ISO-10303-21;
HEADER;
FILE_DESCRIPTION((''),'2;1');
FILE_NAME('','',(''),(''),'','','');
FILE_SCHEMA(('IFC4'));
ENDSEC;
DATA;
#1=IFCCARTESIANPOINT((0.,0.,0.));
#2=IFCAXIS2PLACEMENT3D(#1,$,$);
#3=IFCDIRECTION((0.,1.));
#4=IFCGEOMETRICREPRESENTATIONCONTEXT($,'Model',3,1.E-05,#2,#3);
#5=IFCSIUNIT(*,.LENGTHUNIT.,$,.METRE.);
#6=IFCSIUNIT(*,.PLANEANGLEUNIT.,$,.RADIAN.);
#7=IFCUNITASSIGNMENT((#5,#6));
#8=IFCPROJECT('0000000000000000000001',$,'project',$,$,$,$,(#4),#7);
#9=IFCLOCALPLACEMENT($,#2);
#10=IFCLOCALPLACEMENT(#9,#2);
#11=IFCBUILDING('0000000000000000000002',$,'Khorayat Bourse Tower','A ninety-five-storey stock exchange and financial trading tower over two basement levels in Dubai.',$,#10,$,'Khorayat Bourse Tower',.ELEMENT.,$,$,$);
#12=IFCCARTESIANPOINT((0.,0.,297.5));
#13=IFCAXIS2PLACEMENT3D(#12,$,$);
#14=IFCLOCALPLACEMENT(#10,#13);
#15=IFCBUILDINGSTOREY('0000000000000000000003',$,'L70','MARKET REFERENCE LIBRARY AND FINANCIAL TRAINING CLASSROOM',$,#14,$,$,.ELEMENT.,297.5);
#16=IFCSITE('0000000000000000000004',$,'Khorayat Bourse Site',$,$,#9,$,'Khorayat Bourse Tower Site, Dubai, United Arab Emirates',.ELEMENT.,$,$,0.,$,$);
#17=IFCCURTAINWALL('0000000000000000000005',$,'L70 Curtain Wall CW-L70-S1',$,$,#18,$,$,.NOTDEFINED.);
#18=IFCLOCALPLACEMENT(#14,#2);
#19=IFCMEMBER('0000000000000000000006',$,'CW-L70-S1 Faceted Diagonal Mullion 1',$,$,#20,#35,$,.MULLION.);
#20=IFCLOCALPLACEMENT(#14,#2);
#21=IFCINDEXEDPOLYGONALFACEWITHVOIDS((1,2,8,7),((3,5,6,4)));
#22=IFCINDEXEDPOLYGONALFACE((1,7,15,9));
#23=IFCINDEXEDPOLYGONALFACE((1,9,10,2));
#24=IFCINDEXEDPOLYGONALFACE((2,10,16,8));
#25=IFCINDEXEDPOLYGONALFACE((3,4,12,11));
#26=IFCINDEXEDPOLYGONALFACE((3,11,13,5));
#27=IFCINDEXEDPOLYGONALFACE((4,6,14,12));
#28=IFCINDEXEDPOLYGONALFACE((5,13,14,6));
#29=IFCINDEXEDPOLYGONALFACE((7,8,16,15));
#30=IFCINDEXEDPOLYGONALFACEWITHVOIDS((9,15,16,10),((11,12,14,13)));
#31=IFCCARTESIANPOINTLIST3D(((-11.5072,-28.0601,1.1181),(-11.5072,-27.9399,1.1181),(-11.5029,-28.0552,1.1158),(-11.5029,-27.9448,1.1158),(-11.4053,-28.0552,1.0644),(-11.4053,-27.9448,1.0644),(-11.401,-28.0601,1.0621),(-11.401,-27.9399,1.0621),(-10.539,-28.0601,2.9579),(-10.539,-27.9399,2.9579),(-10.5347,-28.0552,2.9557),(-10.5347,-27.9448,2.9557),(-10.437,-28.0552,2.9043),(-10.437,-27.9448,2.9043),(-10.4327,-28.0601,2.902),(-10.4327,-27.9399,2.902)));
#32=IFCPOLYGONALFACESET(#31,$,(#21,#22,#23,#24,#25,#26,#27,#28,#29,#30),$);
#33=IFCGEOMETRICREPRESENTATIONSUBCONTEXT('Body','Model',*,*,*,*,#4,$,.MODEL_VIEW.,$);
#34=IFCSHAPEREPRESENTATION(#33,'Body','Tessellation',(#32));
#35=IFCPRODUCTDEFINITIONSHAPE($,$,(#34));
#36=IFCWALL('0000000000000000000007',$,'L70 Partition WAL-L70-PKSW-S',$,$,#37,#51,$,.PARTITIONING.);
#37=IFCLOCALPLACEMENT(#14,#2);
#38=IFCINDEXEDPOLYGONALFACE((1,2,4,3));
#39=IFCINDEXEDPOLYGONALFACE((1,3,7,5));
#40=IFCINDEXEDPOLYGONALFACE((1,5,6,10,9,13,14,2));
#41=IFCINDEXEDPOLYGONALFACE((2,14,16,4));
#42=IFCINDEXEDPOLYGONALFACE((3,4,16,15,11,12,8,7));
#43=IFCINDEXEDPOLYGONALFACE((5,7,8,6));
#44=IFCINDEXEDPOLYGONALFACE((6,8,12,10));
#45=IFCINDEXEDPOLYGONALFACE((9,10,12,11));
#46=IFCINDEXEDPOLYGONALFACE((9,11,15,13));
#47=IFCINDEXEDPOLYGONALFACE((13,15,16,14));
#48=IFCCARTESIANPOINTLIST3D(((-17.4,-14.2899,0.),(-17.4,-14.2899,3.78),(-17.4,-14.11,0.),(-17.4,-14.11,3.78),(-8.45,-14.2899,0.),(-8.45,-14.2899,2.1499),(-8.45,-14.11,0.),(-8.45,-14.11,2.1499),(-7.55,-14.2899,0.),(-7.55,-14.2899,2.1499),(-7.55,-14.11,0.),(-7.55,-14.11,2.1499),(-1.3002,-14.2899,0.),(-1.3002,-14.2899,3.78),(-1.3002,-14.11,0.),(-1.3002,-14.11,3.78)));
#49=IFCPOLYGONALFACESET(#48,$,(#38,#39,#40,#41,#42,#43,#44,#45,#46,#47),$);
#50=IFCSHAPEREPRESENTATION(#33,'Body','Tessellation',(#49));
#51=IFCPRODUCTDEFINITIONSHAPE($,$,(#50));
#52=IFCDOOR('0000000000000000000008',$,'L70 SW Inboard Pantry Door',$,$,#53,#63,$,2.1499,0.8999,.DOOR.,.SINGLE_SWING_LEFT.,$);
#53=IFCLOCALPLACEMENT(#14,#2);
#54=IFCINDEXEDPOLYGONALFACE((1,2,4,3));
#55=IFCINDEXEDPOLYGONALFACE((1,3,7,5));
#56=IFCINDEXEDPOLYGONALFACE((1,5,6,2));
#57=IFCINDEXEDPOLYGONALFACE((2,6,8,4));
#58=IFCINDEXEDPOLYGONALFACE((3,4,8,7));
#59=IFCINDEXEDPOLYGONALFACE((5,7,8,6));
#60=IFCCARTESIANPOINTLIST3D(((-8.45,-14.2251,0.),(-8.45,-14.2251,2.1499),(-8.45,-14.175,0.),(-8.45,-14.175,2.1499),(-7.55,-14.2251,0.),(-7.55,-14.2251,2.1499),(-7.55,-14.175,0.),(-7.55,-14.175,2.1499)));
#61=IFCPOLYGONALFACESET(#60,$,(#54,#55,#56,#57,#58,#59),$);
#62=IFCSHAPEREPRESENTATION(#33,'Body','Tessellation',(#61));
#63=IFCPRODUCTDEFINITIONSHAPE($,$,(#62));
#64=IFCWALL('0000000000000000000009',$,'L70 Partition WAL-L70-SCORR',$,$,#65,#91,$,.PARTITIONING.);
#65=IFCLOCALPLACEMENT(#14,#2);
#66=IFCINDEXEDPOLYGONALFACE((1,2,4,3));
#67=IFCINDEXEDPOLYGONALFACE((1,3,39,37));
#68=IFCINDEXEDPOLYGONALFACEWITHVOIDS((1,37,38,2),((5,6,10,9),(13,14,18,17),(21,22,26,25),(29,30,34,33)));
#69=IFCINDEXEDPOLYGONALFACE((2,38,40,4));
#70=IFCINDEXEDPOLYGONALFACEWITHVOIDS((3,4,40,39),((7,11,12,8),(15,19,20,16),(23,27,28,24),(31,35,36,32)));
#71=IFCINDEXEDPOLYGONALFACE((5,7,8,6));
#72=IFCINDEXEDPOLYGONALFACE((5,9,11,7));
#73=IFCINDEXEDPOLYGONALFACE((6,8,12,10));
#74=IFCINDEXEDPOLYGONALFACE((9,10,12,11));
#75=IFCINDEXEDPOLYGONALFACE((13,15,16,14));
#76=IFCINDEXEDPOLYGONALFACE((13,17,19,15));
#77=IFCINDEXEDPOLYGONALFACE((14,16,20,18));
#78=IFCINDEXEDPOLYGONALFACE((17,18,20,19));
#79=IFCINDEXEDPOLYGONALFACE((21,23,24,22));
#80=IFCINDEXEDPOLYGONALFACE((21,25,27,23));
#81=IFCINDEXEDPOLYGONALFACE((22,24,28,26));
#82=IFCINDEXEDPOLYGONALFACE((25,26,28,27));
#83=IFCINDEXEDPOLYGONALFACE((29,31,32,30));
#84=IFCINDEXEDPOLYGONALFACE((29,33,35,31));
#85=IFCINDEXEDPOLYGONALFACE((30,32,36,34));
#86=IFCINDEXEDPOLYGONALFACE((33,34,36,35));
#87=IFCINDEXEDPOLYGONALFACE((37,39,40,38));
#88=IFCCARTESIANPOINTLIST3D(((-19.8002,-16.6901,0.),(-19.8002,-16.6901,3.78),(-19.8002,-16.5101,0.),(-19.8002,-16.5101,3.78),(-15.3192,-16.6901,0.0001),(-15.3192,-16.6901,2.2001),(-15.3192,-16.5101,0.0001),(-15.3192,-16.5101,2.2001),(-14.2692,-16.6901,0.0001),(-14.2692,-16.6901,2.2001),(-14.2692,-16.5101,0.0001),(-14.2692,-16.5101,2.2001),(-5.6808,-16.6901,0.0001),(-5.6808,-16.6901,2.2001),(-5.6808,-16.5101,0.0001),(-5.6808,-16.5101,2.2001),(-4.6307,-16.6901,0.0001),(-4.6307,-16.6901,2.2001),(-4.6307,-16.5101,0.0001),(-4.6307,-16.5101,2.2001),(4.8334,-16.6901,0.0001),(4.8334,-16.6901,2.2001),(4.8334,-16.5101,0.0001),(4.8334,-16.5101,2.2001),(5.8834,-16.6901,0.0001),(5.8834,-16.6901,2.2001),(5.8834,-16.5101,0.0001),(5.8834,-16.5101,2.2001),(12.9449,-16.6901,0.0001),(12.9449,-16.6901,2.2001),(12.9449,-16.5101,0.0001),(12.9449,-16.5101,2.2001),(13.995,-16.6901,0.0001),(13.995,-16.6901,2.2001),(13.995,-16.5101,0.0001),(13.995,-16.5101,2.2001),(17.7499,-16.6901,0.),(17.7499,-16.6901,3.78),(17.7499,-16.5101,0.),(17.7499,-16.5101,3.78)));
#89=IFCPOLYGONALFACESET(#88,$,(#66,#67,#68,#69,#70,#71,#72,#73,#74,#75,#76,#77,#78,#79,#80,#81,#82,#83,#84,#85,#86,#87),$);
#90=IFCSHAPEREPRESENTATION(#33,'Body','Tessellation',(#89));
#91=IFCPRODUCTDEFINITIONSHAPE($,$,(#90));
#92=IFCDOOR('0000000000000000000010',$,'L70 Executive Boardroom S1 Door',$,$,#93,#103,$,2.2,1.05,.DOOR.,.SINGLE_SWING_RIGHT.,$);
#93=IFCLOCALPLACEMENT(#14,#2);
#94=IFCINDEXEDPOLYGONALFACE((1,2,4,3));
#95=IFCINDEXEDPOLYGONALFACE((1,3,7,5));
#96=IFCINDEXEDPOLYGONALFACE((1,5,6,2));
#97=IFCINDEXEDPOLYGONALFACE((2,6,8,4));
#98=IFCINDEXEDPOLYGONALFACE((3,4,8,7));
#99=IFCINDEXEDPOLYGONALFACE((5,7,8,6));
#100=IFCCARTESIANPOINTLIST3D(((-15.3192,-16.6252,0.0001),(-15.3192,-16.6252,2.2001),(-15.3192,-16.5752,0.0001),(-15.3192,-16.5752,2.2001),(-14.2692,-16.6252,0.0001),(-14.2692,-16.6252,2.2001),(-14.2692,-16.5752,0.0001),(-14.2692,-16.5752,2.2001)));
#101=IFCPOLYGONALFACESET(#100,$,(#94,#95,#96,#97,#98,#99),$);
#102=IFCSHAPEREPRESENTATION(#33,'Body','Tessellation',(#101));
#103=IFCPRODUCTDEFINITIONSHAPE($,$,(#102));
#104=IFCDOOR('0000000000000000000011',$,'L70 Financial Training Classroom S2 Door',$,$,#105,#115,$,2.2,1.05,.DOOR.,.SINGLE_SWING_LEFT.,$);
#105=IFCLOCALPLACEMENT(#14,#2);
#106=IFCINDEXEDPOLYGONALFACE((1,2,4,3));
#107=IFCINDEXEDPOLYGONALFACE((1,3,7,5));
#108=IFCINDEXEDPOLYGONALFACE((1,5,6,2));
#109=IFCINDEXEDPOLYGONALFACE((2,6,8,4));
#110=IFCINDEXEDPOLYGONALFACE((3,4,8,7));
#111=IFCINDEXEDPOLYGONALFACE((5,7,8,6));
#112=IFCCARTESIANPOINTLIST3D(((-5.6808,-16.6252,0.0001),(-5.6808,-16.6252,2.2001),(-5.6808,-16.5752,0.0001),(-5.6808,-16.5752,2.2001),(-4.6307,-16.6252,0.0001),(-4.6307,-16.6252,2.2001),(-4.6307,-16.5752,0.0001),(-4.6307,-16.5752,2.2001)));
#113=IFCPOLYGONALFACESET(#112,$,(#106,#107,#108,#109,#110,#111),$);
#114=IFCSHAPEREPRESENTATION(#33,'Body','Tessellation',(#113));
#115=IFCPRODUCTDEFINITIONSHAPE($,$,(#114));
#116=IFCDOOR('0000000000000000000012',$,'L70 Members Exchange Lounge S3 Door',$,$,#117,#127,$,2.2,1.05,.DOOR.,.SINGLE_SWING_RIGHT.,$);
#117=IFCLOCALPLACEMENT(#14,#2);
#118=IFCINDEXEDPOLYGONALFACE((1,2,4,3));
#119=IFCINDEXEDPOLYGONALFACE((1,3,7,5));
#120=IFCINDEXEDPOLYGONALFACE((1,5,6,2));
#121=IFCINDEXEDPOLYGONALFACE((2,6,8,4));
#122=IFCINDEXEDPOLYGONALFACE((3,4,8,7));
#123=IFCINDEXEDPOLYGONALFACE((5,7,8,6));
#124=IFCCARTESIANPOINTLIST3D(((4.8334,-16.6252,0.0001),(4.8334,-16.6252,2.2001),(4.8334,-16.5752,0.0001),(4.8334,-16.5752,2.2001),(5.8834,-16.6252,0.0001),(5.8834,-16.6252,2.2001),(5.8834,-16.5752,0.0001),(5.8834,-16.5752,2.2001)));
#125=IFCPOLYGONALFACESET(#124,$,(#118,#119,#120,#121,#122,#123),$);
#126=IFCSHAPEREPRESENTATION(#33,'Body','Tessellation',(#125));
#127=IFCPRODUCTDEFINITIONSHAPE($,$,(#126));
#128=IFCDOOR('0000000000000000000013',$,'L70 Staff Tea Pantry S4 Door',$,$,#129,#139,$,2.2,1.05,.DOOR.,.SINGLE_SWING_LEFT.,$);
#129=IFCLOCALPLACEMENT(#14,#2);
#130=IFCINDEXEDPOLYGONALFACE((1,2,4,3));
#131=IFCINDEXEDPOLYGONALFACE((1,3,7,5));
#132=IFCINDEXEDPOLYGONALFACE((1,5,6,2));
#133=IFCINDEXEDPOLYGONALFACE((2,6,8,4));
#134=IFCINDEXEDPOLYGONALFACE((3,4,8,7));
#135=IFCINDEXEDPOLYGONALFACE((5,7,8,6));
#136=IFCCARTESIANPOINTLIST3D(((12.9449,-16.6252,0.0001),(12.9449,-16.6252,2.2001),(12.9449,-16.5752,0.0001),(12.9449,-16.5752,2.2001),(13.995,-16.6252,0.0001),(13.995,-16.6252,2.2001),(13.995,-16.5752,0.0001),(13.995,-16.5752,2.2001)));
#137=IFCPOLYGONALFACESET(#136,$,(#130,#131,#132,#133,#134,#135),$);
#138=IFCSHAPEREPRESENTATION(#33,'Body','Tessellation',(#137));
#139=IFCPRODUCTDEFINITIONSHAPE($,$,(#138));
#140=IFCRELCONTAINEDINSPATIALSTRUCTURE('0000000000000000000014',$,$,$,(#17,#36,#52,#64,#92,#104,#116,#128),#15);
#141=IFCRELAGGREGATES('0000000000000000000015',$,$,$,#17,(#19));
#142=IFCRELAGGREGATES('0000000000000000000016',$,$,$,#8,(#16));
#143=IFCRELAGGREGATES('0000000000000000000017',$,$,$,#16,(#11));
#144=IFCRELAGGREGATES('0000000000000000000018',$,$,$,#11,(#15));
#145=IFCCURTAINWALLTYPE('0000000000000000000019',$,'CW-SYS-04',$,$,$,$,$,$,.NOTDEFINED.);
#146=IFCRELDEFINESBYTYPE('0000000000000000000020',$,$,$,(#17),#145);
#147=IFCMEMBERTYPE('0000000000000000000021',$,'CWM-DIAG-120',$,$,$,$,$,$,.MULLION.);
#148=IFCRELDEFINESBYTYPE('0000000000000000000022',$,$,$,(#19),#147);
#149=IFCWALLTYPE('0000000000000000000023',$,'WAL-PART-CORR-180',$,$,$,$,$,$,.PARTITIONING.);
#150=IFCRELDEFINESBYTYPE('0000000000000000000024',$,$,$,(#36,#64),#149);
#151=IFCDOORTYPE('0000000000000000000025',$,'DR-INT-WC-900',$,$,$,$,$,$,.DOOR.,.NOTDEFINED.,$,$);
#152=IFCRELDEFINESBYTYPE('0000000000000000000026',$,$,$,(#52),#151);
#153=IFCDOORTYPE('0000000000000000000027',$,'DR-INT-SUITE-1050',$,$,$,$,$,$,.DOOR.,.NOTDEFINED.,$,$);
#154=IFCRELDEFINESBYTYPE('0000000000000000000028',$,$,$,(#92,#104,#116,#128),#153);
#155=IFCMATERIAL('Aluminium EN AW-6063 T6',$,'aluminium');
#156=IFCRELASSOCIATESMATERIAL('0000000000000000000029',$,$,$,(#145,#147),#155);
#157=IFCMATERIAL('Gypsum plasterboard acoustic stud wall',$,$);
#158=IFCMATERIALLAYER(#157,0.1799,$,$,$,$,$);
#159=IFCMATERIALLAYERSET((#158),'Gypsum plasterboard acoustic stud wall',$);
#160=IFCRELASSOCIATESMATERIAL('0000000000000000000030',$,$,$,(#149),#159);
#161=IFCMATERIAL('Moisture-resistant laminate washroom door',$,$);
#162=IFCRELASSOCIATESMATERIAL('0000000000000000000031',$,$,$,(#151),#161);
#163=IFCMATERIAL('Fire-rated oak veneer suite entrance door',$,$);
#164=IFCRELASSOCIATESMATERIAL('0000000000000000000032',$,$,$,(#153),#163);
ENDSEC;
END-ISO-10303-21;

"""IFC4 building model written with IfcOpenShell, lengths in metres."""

from ifc_helpers import new_model, si_unit, direction, frame, frame_2d, origin, origin_2d, place, context, subcontext, project, spatial, rectangle, hollow_rectangle, extrude, source, transform, mapped, material, layer, layer_set, material_profile, profile_set, type_object, element, fill, aggregate, save


model = new_model("IFC4")

# Units and contexts
model_context = context("Model", 3, precision=1e-05, world=origin(), true_north=direction((0.0, 1.0)))
body_context = subcontext(model_context, "Body", "Model", "MODEL_VIEW")
ifc_project = project(units=[si_unit("LENGTHUNIT", "METRE"), si_unit("PLANEANGLEUNIT", "RADIAN")], contexts=[model_context])

# Site, building, storey
site_placement = place(None, origin())
site = spatial("IfcSite", under=ifc_project, at=site_placement, Name="Khorayat Bourse Site", LongName="Khorayat Bourse Tower Site, Dubai, United Arab Emirates", CompositionType="ELEMENT", RefElevation=0.0)
building_placement = place(site_placement, origin())
building = spatial("IfcBuilding", under=site, at=building_placement, Name="Khorayat Bourse Tower", Description="A ninety-five-storey stock exchange and financial trading tower over two basement levels in Dubai.", LongName="Khorayat Bourse Tower", CompositionType="ELEMENT")
storey_placement = place(building_placement, frame((0.0, 0.0, 297.5)))
storey = spatial("IfcBuildingStorey", under=building, at=storey_placement, Name="L70", Description="MARKET REFERENCE LIBRARY AND FINANCIAL TRAINING CLASSROOM", CompositionType="ELEMENT", Elevation=297.5)

# Curtain wall, member
ifc_material_1 = material(Name="Aluminium EN AW-6063 T6", Category="aluminium")
curtain_wall_type = type_object("IfcCurtainWallType", Name="CW-SYS-04", PredefinedType="NOTDEFINED", material=ifc_material_1)
curtain_wall_placement = place(storey_placement, origin())
curtain_wall = element("IfcCurtainWall", 1, at=curtain_wall_placement, inside=storey, type_object=curtain_wall_type, Name="L70 Curtain Wall CW-L70-S1", PredefinedType="NOTDEFINED")
ifc_material_profile_1 = material_profile(ifc_material_1, hollow_rectangle(XDim=0.1201, YDim=0.1201, WallThickness=0.0049, at=origin_2d()), Name="ALU 120x120x5")
ifc_profile_set_1 = profile_set([ifc_material_profile_1], Name="Aluminium EN AW-6063 T6")
member_type = type_object("IfcMemberType", Name="CWM-DIAG-120", PredefinedType="MULLION", material=ifc_profile_set_1)
shared_shape_1 = source(origin(), body_context, "Body", "SweptSolid", [
    extrude(hollow_rectangle(XDim=0.1201, YDim=0.1201, WallThickness=0.0049, at=origin_2d()), origin(), (0.0, 0.0, 1.0), 2.0791),
])
member_placement = place(storey_placement, frame((-11.4541, -28.0, 1.0901), z_axis=(0.465717, 0.0, 0.884934), x_axis=(0.0, 1.0, 0.0)))
member = element("IfcMember", 2, at=member_placement, type_object=member_type, Name="CW-L70-S1 Faceted Diagonal Mullion 1", PredefinedType="MULLION", context=body_context, shape_type="MappedRepresentation", body=[
    mapped(shared_shape_1, transform((0.0, 0.0, 0.0), scale=1.0)),
])
aggregate(curtain_wall, [member])

# Wall, opening, door
ifc_material_2 = material(Name="Gypsum plasterboard acoustic stud wall")
ifc_layer_1 = layer(ifc_material_2, 0.1799)
ifc_layer_set_1 = layer_set([ifc_layer_1], Name="Gypsum plasterboard acoustic stud wall")
wall_type_1 = type_object("IfcWallType", Name="WAL-PART-CORR-180", PredefinedType="PARTITIONING", material=ifc_layer_set_1)
shared_shape_2 = source(origin(), body_context, "Body", "SweptSolid", [
    extrude(rectangle(XDim=16.0999, YDim=0.1799, at=frame_2d((8.0498, 0.0))), origin(), (0.0, 0.0, 1.0), 3.78),
])
wall_1_placement = place(storey_placement, frame((-17.3999, -14.2, 0.0), z_axis=(0.0, 0.0, 1.0), x_axis=(1.0, 0.0, 0.0)))
wall_1 = element("IfcWall", 3, at=wall_1_placement, inside=storey, type_object=wall_type_1, Name="L70 Partition WAL-L70-PKSW-S", PredefinedType="PARTITIONING", context=body_context, shape_type="MappedRepresentation", body=[
    mapped(shared_shape_2, transform((0.0, 0.0, 0.0), scale=1.0)),
])
shared_shape_3 = source(origin(), body_context, "Body", "SweptSolid", [
    extrude(rectangle(XDim=0.8999, YDim=2.1499, at=frame_2d((0.45, 1.075))), frame((0.0, 0.0999, 0.0), z_axis=(0.0, -1.0, 0.0), x_axis=(1.0, 0.0, 0.0)), (0.0, 0.0, 1.0), 0.2),
])
opening_1_placement = place(wall_1_placement, frame((8.95, 0.0, 0.0)))
opening_1 = element("IfcOpeningElement", 4, at=opening_1_placement, cuts=wall_1, PredefinedType="OPENING", context=body_context, shape_type="MappedRepresentation", body=[
    mapped(shared_shape_3, transform((0.0, 0.0, 0.0), scale=1.0)),
])
ifc_material_3 = material(Name="Moisture-resistant laminate washroom door")
door_type_1 = type_object("IfcDoorType", Name="DR-INT-WC-900", OperationType="NOTDEFINED", PredefinedType="DOOR", material=ifc_material_3)
shared_shape_4 = source(origin(), body_context, "Body", "SweptSolid", [
    extrude(rectangle(XDim=0.8999, YDim=2.1499, at=frame_2d((0.45, 1.075))), frame((0.0, 0.0249, 0.0), z_axis=(0.0, -1.0, 0.0), x_axis=(1.0, 0.0, 0.0)), (0.0, 0.0, 1.0), 0.05),
])
door_1_placement = place(opening_1_placement, origin())
door_1 = element("IfcDoor", 5, at=door_1_placement, inside=storey, type_object=door_type_1, Name="L70 SW Inboard Pantry Door", OperationType="SINGLE_SWING_LEFT", OverallHeight=2.1499, OverallWidth=0.8999, PredefinedType="DOOR", context=body_context, shape_type="MappedRepresentation", body=[
    mapped(shared_shape_4, transform((0.0, 0.0, 0.0), scale=1.0)),
])
fill(opening_1, door_1)

# Wall, openings, doors
shared_shape_5 = source(origin(), body_context, "Body", "SweptSolid", [
    extrude(rectangle(XDim=37.55, YDim=0.1799, at=frame_2d((18.7749, 0.0))), origin(), (0.0, 0.0, 1.0), 3.78),
])
wall_2_placement = place(storey_placement, frame((-19.8, -16.6001, 0.0), z_axis=(0.0, 0.0, 1.0), x_axis=(1.0, 0.0, 0.0)))
wall_2 = element("IfcWall", 6, at=wall_2_placement, inside=storey, type_object=wall_type_1, Name="L70 Partition WAL-L70-SCORR", PredefinedType="PARTITIONING", context=body_context, shape_type="MappedRepresentation", body=[
    mapped(shared_shape_5, transform((0.0, 0.0, 0.0), scale=1.0)),
])
shared_shape_6 = source(origin(), body_context, "Body", "SweptSolid", [
    extrude(rectangle(XDim=1.05, YDim=2.2, at=frame_2d((0.5249, 1.1001))), frame((0.0, 0.0999, 0.0), z_axis=(0.0, -1.0, 0.0), x_axis=(1.0, 0.0, 0.0)), (0.0, 0.0, 1.0), 0.2),
])
opening_2_placement = place(wall_2_placement, frame((4.481, 0.0, 0.0)))
opening_2 = element("IfcOpeningElement", 7, at=opening_2_placement, cuts=wall_2, PredefinedType="OPENING", context=body_context, shape_type="MappedRepresentation", body=[
    mapped(shared_shape_6, transform((0.0, 0.0, 0.0), scale=1.0)),
])
opening_3_placement = place(wall_2_placement, frame((14.1194, 0.0, 0.0)))
opening_3 = element("IfcOpeningElement", 8, at=opening_3_placement, cuts=wall_2, PredefinedType="OPENING", context=body_context, shape_type="MappedRepresentation", body=[
    mapped(shared_shape_6, transform((0.0, 0.0, 0.0), scale=1.0)),
])
opening_4_placement = place(wall_2_placement, frame((24.6335, 0.0, 0.0)))
opening_4 = element("IfcOpeningElement", 9, at=opening_4_placement, cuts=wall_2, PredefinedType="OPENING", context=body_context, shape_type="MappedRepresentation", body=[
    mapped(shared_shape_6, transform((0.0, 0.0, 0.0), scale=1.0)),
])
opening_5_placement = place(wall_2_placement, frame((32.7451, 0.0, 0.0)))
opening_5 = element("IfcOpeningElement", 10, at=opening_5_placement, cuts=wall_2, PredefinedType="OPENING", context=body_context, shape_type="MappedRepresentation", body=[
    mapped(shared_shape_6, transform((0.0, 0.0, 0.0), scale=1.0)),
])
ifc_material_4 = material(Name="Fire-rated oak veneer suite entrance door")
door_type_2 = type_object("IfcDoorType", Name="DR-INT-SUITE-1050", OperationType="NOTDEFINED", PredefinedType="DOOR", material=ifc_material_4)
shared_shape_7 = source(origin(), body_context, "Body", "SweptSolid", [
    extrude(rectangle(XDim=1.05, YDim=2.2, at=frame_2d((0.5249, 1.1001))), frame((0.0, 0.0249, 0.0), z_axis=(0.0, -1.0, 0.0), x_axis=(1.0, 0.0, 0.0)), (0.0, 0.0, 1.0), 0.05),
])
door_2_placement = place(opening_2_placement, origin())
door_2 = element("IfcDoor", 11, at=door_2_placement, inside=storey, type_object=door_type_2, Name="L70 Executive Boardroom S1 Door", OperationType="SINGLE_SWING_RIGHT", OverallHeight=2.2, OverallWidth=1.05, PredefinedType="DOOR", context=body_context, shape_type="MappedRepresentation", body=[
    mapped(shared_shape_7, transform((0.0, 0.0, 0.0), scale=1.0)),
])
fill(opening_2, door_2)
door_3_placement = place(opening_3_placement, origin())
door_3 = element("IfcDoor", 12, at=door_3_placement, inside=storey, type_object=door_type_2, Name="L70 Financial Training Classroom S2 Door", OperationType="SINGLE_SWING_LEFT", OverallHeight=2.2, OverallWidth=1.05, PredefinedType="DOOR", context=body_context, shape_type="MappedRepresentation", body=[
    mapped(shared_shape_7, transform((0.0, 0.0, 0.0), scale=1.0)),
])
fill(opening_3, door_3)
door_4_placement = place(opening_4_placement, origin())
door_4 = element("IfcDoor", 13, at=door_4_placement, inside=storey, type_object=door_type_2, Name="L70 Members Exchange Lounge S3 Door", OperationType="SINGLE_SWING_RIGHT", OverallHeight=2.2, OverallWidth=1.05, PredefinedType="DOOR", context=body_context, shape_type="MappedRepresentation", body=[
    mapped(shared_shape_7, transform((0.0, 0.0, 0.0), scale=1.0)),
])
fill(opening_4, door_4)
door_5_placement = place(opening_5_placement, origin())
door_5 = element("IfcDoor", 14, at=door_5_placement, inside=storey, type_object=door_type_2, Name="L70 Staff Tea Pantry S4 Door", OperationType="SINGLE_SWING_LEFT", OverallHeight=2.2, OverallWidth=1.05, PredefinedType="DOOR", context=body_context, shape_type="MappedRepresentation", body=[
    mapped(shared_shape_7, transform((0.0, 0.0, 0.0), scale=1.0)),
])
fill(opening_5, door_5)

save(model, "model.ifc")
